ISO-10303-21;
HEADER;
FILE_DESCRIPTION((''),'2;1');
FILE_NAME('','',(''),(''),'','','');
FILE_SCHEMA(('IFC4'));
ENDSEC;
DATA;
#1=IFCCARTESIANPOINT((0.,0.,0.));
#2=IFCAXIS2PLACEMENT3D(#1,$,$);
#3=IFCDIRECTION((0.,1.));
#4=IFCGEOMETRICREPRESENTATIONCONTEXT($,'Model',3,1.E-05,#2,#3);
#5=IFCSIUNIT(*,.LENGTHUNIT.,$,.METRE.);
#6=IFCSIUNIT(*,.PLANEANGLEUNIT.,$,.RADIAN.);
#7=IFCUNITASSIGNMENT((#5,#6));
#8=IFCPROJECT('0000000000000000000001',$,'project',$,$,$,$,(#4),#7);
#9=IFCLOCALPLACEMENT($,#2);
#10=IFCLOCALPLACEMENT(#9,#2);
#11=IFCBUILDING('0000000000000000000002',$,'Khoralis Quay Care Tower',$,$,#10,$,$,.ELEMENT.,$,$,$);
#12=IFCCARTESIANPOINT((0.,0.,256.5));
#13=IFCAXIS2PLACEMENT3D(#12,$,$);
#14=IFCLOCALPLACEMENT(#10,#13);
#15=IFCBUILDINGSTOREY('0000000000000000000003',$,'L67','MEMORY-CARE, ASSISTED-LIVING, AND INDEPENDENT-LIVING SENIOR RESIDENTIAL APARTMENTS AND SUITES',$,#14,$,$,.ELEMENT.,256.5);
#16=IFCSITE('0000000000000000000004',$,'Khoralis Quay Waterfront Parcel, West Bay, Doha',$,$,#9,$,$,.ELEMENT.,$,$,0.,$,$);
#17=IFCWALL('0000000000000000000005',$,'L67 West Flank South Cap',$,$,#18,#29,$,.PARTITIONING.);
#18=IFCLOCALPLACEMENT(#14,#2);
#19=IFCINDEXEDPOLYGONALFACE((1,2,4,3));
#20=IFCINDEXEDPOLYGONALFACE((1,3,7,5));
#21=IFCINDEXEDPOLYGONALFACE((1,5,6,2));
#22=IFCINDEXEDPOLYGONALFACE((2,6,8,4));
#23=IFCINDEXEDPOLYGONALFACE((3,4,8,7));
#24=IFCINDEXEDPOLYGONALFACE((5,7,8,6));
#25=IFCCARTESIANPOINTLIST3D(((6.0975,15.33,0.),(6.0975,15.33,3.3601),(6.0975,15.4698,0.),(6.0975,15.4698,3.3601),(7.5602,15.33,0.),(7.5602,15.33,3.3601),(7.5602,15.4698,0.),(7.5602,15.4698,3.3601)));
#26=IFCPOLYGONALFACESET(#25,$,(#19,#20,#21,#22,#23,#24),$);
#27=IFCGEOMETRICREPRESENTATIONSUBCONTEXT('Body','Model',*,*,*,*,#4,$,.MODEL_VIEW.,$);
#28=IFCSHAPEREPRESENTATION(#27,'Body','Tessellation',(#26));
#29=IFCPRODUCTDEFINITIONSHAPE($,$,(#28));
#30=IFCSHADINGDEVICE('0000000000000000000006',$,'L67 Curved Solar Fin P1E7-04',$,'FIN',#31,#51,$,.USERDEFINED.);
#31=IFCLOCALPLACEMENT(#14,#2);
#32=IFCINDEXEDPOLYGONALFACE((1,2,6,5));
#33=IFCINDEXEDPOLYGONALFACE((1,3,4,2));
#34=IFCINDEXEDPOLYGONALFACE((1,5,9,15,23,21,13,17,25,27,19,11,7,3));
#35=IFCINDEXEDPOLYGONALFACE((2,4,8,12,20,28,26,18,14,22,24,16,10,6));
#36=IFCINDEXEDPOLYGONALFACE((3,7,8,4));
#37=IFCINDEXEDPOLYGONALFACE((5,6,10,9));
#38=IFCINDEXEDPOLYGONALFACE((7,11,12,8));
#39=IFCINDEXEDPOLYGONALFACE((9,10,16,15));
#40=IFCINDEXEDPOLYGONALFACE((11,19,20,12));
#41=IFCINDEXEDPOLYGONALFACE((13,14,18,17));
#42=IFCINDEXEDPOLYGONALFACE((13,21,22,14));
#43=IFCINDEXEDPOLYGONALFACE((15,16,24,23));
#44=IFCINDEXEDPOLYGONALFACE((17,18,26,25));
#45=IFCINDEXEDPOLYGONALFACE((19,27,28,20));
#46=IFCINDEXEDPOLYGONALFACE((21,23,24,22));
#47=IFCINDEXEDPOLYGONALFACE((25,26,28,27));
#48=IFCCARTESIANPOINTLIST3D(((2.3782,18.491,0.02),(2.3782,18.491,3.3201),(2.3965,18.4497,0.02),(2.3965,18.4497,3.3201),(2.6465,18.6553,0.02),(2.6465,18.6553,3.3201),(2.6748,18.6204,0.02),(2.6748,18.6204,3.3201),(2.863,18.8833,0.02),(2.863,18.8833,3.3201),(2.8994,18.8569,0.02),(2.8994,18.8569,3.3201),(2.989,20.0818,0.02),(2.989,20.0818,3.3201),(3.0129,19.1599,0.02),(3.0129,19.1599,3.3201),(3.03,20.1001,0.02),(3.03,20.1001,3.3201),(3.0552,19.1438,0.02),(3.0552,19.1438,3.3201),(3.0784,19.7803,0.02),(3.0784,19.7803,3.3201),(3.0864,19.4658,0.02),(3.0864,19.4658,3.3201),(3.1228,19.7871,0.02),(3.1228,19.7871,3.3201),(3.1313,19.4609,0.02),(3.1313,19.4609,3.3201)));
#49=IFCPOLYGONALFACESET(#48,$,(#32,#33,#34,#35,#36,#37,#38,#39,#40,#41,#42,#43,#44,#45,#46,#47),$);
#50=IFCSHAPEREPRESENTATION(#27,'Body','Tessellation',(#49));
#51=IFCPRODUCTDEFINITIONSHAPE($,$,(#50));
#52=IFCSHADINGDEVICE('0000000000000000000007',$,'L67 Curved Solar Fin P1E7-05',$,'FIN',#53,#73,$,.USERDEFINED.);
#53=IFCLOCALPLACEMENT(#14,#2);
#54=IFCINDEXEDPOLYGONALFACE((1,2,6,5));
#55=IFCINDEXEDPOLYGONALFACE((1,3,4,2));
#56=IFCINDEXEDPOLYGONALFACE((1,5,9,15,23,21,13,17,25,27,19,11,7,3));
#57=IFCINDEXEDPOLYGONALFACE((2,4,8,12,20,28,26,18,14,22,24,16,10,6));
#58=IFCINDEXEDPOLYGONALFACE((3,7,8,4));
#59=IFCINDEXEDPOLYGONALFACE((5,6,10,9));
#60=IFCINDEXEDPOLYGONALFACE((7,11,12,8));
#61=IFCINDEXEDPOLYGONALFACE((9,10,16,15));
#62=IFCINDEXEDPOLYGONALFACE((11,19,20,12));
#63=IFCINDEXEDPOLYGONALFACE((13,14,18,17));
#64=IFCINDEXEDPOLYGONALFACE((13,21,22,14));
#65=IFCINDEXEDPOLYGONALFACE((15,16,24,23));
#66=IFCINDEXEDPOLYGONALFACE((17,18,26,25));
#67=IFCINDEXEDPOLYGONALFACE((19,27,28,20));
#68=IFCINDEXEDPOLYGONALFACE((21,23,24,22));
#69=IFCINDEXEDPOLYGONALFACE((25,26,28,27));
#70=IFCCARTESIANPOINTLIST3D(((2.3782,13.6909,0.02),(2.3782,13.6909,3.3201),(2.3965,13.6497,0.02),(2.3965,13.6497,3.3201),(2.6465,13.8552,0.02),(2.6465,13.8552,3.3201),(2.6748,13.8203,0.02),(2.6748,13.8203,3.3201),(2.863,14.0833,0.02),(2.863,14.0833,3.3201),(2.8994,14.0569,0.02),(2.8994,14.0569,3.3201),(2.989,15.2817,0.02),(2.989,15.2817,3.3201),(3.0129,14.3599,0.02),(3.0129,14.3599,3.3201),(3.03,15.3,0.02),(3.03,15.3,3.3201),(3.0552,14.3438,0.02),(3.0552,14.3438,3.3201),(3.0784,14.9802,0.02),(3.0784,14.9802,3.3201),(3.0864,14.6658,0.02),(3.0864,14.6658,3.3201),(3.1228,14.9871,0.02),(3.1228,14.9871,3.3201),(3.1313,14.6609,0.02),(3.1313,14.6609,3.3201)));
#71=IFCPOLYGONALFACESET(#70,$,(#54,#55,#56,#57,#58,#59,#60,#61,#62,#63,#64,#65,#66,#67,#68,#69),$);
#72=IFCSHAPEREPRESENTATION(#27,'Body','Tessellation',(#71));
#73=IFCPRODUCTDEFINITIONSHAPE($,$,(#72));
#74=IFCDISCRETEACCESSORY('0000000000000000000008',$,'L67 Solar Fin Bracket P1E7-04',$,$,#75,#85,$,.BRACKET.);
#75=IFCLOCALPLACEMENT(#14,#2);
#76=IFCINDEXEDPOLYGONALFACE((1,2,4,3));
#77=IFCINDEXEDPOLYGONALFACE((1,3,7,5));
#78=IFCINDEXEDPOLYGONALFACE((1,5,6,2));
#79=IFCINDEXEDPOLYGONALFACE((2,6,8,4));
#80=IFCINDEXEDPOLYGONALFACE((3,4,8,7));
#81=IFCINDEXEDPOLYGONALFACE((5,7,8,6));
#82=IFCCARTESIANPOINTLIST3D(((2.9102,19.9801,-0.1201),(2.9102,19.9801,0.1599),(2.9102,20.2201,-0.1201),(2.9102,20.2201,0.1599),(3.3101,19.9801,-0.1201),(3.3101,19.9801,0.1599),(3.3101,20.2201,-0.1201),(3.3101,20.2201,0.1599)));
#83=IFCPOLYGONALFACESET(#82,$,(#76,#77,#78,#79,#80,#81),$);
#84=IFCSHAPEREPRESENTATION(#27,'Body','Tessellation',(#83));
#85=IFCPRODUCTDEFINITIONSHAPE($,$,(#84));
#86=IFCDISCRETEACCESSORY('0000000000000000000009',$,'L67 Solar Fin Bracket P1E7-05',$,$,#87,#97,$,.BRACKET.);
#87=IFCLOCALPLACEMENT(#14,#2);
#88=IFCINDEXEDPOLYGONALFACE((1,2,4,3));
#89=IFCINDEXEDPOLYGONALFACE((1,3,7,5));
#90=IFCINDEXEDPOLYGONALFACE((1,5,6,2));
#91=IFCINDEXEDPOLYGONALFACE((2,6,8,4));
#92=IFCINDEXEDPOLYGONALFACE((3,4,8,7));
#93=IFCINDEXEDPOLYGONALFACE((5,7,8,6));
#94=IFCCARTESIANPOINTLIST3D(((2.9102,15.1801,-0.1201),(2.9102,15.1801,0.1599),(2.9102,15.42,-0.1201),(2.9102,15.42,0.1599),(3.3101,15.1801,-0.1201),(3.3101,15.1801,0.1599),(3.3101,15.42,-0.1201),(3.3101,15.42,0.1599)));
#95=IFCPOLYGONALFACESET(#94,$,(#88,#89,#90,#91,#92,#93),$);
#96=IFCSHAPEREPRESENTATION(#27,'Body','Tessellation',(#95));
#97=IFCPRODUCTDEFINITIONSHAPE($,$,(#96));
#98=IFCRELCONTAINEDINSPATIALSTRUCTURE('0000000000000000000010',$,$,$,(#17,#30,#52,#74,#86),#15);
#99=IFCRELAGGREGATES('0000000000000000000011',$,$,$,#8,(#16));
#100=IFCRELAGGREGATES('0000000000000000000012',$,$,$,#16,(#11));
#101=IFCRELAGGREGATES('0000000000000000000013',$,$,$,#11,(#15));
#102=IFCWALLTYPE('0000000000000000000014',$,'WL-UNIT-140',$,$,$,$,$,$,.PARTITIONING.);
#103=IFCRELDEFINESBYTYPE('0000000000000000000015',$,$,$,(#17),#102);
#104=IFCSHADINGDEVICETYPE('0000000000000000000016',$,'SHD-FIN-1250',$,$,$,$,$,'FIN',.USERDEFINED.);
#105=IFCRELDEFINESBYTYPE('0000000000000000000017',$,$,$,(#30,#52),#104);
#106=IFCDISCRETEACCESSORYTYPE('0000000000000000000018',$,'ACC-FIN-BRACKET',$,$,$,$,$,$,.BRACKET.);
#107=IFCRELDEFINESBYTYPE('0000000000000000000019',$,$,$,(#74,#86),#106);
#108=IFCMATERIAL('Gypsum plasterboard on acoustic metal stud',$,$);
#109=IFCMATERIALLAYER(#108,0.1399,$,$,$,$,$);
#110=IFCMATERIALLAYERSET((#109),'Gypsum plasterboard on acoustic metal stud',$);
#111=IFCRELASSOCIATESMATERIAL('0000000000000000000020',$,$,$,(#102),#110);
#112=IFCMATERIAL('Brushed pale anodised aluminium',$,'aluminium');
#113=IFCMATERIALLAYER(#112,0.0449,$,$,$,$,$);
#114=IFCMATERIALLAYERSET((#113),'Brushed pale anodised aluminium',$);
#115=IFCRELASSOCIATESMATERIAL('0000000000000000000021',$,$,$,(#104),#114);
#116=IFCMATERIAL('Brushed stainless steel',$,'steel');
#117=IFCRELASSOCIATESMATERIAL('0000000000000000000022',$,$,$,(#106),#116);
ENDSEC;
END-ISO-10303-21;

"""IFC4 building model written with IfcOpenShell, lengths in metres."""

from ifc_helpers import new_model, si_unit, direction, frame, frame_2d, origin, origin_2d, place, context, subcontext, project, spatial, polyline, rectangle, outline, extrude, source, transform, mapped, material, layer, layer_set, type_object, element, save


model = new_model("IFC4")

# Units and contexts
model_context = context("Model", 3, precision=1e-05, world=origin(), true_north=direction((0.0, 1.0)))
body_context = subcontext(model_context, "Body", "Model", "MODEL_VIEW")
ifc_project = project(units=[si_unit("LENGTHUNIT", "METRE"), si_unit("PLANEANGLEUNIT", "RADIAN")], contexts=[model_context])

# Site, building, storey
site_placement = place(None, origin())
site = spatial("IfcSite", under=ifc_project, at=site_placement, Name="Khoralis Quay Waterfront Parcel, West Bay, Doha", CompositionType="ELEMENT", RefElevation=0.0)
building_placement = place(site_placement, origin())
building = spatial("IfcBuilding", under=site, at=building_placement, Name="Khoralis Quay Care Tower", CompositionType="ELEMENT")
storey_placement = place(building_placement, frame((0.0, 0.0, 256.5)))
storey = spatial("IfcBuildingStorey", under=building, at=storey_placement, Name="L67", Description="MEMORY-CARE, ASSISTED-LIVING, AND INDEPENDENT-LIVING SENIOR RESIDENTIAL APARTMENTS AND SUITES", CompositionType="ELEMENT", Elevation=256.5)

# Shared definitions
ifc_material_1 = material(Name="Gypsum plasterboard on acoustic metal stud")

# Wall
ifc_layer_1 = layer(ifc_material_1, 0.1399)
ifc_layer_set_1 = layer_set([ifc_layer_1], Name="Gypsum plasterboard on acoustic metal stud")
wall_type_1 = type_object("IfcWallType", Name="WL-UNIT-140", PredefinedType="PARTITIONING", material=ifc_layer_set_1)
wall_1_placement = place(storey_placement, frame((6.0974, 15.3999, 0.0), z_axis=(0.0, 0.0, 1.0), x_axis=(1.0, 0.0, 0.0)))
element("IfcWall", 1, at=wall_1_placement, inside=storey, type_object=wall_type_1, Name="L67 West Flank South Cap", PredefinedType="PARTITIONING", context=body_context, shape_type="SweptSolid", body=[
    extrude(rectangle(XDim=1.4626, YDim=0.1399, at=frame_2d((0.7314, 0.0))), origin(), (0.0, 0.0, 1.0), 3.3601),
])

# Shading devices
ifc_material_2 = material(Name="Brushed pale anodised aluminium", Category="aluminium")
ifc_layer_2 = layer(ifc_material_2, 0.0449)
ifc_layer_set_2 = layer_set([ifc_layer_2], Name="Brushed pale anodised aluminium")
shading_device_type = type_object("IfcShadingDeviceType", Name="SHD-FIN-1250", ElementType="FIN", PredefinedType="USERDEFINED", material=ifc_layer_set_2)
shared_shape_1 = source(origin(), body_context, "Body", "SweptSolid", [
    extrude(outline(polyline([(0.0, 0.0), (-0.0928, 0.313), (-0.1013, 0.6392), (-0.0251, 0.9563), (0.1306, 1.2432), (0.3552, 1.4797), (0.6335, 1.6504), (0.6519, 1.6091), (0.3835, 1.4448), (0.167, 1.2168), (0.0171, 0.9402), (-0.0564, 0.6343), (-0.0483, 0.3198), (0.041, 0.0183), (0.0, 0.0)])), origin(), (0.0, 0.0, 1.0), 3.3),
])
for number, where, z_axis, x_axis, name in (
    (2, (3.03, 20.1001, 0.02), (0.0, 0.0, 1.0), (-1.0, 0.0, 0.0), "L67 Curved Solar Fin P1E7-04"),
    (3, (3.03, 15.3, 0.02), (0.0, 0.0, 1.0), (-1.0, 0.0, 0.0), "L67 Curved Solar Fin P1E7-05"),
):
    element("IfcShadingDevice", number, at=place(storey_placement, frame(where, z_axis=z_axis, x_axis=x_axis)), inside=storey, type_object=shading_device_type, Name=name, ObjectType="FIN", PredefinedType="USERDEFINED", context=body_context, shape_type="MappedRepresentation", body=[
        mapped(shared_shape_1, transform((0.0, 0.0, 0.0), scale=1.0)),
    ])

# Discrete accessories
ifc_material_3 = material(Name="Brushed stainless steel", Category="steel")
discrete_accessory_type = type_object("IfcDiscreteAccessoryType", Name="ACC-FIN-BRACKET", PredefinedType="BRACKET", material=ifc_material_3)
shared_shape_2 = source(origin(), body_context, "Body", "SweptSolid", [
    extrude(rectangle(XDim=0.3999, YDim=0.24, at=origin_2d()), origin(), (0.0, 0.0, 1.0), 0.28),
])
for number, where, z_axis, x_axis, name in (
    (4, (3.1101, 20.1001, -0.1201), (0.0, 0.0, 1.0), (-1.0, 0.0, 0.0), "L67 Solar Fin Bracket P1E7-04"),
    (5, (3.1101, 15.3, -0.1201), (0.0, 0.0, 1.0), (-1.0, 0.0, 0.0), "L67 Solar Fin Bracket P1E7-05"),
):
    element("IfcDiscreteAccessory", number, at=place(storey_placement, frame(where, z_axis=z_axis, x_axis=x_axis)), inside=storey, type_object=discrete_accessory_type, Name=name, PredefinedType="BRACKET", context=body_context, shape_type="MappedRepresentation", body=[
        mapped(shared_shape_2, transform((0.0, 0.0, 0.0), scale=1.0)),
    ])

save(model, "model.ifc")
